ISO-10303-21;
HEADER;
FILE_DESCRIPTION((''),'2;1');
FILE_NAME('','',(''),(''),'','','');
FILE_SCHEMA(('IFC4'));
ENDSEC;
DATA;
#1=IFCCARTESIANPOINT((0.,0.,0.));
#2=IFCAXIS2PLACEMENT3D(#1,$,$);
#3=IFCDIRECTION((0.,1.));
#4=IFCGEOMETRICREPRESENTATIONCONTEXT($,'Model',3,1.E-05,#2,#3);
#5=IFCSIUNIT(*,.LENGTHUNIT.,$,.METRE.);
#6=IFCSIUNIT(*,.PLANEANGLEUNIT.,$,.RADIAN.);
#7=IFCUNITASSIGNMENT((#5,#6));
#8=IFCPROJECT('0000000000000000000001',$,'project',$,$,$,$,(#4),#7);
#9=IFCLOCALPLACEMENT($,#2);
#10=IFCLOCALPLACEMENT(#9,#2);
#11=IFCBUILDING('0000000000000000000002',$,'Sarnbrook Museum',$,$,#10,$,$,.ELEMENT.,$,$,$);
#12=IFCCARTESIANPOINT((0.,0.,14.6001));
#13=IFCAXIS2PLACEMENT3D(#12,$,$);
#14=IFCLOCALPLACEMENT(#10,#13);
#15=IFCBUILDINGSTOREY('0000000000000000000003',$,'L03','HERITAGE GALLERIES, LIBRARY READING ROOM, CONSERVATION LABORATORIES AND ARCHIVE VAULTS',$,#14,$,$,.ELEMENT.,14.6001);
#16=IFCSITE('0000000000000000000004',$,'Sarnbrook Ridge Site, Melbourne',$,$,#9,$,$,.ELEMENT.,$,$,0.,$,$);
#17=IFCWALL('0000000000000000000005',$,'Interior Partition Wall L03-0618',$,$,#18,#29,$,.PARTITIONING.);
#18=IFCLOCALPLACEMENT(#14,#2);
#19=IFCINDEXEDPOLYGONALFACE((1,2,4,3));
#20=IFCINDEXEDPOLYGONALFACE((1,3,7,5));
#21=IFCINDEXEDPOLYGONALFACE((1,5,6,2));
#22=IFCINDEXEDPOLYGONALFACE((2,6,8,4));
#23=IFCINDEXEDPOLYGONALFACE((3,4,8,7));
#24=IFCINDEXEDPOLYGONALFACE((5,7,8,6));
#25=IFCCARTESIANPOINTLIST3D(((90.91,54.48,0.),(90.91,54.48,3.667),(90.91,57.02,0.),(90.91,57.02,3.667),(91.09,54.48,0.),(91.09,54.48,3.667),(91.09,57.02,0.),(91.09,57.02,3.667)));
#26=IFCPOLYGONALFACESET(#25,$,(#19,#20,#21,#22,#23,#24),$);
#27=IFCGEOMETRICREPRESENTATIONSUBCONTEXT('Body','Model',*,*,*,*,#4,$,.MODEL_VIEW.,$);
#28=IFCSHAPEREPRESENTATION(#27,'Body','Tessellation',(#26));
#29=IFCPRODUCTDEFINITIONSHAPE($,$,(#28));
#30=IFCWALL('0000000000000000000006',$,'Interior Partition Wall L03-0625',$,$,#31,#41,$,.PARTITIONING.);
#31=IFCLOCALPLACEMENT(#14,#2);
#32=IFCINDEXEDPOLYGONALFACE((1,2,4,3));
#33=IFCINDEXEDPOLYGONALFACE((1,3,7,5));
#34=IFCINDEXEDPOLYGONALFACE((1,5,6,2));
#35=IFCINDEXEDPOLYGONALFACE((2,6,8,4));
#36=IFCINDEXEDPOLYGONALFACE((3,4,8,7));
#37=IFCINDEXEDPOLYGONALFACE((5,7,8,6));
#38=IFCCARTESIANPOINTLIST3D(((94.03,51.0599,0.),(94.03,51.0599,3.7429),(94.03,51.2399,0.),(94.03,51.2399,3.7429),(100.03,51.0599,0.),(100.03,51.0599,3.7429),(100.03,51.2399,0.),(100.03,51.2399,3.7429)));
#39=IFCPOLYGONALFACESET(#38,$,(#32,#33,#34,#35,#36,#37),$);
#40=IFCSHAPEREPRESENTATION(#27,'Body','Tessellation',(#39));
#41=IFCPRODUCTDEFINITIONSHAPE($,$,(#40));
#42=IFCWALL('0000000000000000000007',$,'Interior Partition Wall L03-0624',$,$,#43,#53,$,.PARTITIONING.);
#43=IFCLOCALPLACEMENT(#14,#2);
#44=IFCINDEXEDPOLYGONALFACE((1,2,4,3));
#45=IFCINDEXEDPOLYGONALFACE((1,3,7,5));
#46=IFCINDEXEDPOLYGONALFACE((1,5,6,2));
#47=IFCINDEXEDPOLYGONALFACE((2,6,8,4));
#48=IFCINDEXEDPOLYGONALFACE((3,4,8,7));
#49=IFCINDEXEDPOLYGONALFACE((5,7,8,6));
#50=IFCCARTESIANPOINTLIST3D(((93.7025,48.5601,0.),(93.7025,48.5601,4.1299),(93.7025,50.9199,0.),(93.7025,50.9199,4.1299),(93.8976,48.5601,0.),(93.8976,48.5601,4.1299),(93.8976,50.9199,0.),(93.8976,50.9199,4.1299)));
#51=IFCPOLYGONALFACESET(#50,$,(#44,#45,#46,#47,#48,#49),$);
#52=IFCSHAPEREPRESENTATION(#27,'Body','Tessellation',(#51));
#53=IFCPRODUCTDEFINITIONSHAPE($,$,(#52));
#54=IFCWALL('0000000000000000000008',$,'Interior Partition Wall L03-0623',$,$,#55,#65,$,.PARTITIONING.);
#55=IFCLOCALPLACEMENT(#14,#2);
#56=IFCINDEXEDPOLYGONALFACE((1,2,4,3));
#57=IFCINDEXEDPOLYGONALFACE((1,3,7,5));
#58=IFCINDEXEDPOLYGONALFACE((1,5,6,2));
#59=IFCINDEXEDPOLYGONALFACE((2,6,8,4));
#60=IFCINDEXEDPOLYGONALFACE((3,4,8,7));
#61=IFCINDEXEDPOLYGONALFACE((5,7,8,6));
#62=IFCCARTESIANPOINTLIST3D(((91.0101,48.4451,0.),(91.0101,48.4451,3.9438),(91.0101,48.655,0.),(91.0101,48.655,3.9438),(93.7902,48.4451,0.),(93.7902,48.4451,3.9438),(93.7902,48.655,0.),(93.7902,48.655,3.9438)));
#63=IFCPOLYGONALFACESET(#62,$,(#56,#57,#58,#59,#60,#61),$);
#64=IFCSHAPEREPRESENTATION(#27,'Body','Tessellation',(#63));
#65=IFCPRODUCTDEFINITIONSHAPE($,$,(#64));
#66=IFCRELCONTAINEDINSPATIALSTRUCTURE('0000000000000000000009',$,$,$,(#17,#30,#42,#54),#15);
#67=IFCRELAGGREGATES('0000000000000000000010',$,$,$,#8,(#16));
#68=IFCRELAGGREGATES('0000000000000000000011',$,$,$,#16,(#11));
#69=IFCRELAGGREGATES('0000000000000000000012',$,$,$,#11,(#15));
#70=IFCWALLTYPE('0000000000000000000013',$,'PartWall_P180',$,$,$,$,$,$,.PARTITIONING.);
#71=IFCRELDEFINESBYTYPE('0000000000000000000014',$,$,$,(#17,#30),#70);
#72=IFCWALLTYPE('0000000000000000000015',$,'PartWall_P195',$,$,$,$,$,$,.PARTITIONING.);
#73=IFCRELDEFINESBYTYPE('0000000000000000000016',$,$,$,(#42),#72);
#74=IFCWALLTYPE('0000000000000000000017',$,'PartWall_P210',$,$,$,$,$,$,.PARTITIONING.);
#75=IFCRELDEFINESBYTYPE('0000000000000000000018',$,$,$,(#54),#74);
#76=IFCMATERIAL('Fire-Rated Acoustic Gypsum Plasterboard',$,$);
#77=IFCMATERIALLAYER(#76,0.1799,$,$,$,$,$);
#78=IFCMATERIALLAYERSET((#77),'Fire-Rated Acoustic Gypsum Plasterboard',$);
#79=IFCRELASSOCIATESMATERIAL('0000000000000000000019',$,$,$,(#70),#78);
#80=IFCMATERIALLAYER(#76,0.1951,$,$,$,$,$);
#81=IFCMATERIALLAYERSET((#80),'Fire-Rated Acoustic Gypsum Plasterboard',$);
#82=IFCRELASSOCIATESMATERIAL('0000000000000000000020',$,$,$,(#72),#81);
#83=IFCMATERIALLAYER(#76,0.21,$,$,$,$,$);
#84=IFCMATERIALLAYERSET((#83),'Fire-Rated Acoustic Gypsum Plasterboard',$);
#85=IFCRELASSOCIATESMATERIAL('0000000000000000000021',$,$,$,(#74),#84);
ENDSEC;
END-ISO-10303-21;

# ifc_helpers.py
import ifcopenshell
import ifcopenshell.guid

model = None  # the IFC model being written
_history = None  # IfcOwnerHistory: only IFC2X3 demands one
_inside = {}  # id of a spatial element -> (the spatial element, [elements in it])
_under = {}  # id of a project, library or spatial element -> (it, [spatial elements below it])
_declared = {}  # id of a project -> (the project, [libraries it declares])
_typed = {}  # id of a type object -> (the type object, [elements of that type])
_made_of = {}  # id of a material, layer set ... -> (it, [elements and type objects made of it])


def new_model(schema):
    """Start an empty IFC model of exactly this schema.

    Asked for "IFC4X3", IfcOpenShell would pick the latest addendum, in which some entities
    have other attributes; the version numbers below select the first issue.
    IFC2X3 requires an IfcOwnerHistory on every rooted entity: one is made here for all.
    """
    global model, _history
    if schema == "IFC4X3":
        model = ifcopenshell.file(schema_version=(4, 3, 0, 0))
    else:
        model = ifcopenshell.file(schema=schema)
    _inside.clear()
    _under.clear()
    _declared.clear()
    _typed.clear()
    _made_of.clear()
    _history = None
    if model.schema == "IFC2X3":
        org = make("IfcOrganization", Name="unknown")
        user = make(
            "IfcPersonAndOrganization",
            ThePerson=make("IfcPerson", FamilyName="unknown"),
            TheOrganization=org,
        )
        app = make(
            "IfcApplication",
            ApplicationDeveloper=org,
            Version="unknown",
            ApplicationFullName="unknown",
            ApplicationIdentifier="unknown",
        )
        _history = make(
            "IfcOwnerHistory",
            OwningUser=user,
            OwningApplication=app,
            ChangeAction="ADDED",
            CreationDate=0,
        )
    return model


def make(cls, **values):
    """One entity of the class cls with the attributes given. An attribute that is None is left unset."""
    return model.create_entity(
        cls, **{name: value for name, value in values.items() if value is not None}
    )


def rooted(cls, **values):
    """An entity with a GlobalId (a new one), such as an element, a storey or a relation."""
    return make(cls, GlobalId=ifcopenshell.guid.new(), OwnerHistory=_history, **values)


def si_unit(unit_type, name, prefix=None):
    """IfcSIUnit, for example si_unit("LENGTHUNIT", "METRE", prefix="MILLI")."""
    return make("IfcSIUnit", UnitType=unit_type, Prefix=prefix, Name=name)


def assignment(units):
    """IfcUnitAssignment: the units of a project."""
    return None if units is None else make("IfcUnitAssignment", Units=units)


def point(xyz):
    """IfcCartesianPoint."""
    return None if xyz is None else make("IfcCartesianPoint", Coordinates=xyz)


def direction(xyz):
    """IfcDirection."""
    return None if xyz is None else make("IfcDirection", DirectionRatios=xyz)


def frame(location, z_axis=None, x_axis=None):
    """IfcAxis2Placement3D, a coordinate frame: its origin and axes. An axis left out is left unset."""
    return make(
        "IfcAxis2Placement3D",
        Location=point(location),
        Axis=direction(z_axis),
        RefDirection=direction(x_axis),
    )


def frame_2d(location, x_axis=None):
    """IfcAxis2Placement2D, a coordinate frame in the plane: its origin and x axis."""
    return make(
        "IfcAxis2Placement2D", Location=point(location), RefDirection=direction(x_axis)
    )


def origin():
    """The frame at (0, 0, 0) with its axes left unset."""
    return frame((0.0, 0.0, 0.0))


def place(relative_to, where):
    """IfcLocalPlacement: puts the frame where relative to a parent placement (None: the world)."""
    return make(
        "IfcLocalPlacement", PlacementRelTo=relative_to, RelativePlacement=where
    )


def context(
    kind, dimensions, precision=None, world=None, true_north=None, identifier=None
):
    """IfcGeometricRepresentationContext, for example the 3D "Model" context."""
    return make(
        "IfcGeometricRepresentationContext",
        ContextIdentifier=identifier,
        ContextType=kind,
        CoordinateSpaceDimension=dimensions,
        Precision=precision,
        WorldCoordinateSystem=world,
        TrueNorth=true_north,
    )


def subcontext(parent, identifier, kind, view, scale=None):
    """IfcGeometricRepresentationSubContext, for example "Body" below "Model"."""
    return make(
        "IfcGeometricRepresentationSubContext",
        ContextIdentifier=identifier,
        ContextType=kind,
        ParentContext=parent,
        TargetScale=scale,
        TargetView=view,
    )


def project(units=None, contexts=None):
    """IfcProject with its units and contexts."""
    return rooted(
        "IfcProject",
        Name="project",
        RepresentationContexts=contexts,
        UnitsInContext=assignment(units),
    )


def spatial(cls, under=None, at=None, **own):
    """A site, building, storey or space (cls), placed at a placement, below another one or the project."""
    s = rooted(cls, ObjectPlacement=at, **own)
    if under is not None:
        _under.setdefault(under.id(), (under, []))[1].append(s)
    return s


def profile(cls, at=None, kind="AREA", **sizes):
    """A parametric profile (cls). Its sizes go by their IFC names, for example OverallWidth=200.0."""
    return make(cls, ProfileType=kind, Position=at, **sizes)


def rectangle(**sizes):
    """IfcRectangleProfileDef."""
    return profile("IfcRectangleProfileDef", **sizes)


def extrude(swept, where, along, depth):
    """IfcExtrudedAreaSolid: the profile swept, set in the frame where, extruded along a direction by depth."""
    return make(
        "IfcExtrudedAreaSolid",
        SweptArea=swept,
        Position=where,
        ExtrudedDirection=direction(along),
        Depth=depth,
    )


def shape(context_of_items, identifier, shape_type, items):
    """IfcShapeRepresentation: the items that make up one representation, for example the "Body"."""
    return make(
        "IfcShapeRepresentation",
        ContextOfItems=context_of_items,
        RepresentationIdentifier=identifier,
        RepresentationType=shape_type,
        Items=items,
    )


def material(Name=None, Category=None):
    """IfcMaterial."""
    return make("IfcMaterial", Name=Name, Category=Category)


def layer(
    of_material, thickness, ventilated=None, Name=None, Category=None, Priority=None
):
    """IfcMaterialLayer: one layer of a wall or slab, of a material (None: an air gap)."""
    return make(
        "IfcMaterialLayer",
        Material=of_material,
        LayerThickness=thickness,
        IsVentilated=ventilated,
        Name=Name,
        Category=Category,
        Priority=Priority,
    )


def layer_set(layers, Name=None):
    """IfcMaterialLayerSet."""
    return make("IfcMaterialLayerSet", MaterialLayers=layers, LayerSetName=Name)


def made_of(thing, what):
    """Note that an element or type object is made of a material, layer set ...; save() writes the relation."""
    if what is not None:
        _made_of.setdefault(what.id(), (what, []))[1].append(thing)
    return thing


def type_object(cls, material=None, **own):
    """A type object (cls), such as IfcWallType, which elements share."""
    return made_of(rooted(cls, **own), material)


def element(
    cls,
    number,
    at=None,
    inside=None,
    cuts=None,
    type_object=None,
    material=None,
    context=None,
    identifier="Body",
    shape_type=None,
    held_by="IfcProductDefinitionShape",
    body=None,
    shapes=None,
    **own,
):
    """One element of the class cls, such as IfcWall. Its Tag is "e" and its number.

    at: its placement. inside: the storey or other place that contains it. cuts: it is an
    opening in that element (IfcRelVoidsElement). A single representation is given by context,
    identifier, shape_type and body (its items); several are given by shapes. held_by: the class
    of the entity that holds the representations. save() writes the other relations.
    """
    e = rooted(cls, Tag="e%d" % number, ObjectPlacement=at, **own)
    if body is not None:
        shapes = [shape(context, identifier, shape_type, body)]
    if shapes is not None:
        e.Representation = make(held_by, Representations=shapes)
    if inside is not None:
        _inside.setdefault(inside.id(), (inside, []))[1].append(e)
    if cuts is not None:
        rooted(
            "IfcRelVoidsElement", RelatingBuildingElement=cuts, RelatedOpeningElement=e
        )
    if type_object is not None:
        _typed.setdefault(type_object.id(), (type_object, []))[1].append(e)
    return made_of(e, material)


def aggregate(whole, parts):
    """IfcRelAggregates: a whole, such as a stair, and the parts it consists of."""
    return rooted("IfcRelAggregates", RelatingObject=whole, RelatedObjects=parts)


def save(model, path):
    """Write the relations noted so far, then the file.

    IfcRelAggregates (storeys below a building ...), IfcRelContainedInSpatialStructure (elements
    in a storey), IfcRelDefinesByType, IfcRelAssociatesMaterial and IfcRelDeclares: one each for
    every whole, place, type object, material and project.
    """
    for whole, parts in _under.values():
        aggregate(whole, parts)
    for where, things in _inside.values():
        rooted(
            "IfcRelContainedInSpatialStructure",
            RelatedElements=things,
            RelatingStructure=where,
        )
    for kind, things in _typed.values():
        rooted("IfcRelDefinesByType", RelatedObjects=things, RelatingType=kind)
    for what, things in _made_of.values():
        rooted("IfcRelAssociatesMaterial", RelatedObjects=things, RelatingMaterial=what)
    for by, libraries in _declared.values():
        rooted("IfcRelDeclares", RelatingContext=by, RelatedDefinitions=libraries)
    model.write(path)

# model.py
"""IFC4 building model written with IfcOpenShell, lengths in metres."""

from ifc_helpers import new_model, si_unit, direction, frame, frame_2d, origin, place, context, subcontext, project, spatial, rectangle, extrude, material, layer, layer_set, type_object, element, save


model = new_model("IFC4")

# Units and contexts
model_context = context("Model", 3, precision=1e-05, world=origin(), true_north=direction((0.0, 1.0)))
body_context = subcontext(model_context, "Body", "Model", "MODEL_VIEW")
ifc_project = project(units=[si_unit("LENGTHUNIT", "METRE"), si_unit("PLANEANGLEUNIT", "RADIAN")], contexts=[model_context])

# Site, building, storey
site_placement = place(None, origin())
site = spatial("IfcSite", under=ifc_project, at=site_placement, Name="Sarnbrook Ridge Site, Melbourne", CompositionType="ELEMENT", RefElevation=0.0)
building_placement = place(site_placement, origin())
building = spatial("IfcBuilding", under=site, at=building_placement, Name="Sarnbrook Museum", CompositionType="ELEMENT")
storey_placement = place(building_placement, frame((0.0, 0.0, 14.6001)))
storey = spatial("IfcBuildingStorey", under=building, at=storey_placement, Name="L03", Description="HERITAGE GALLERIES, LIBRARY READING ROOM, CONSERVATION LABORATORIES AND ARCHIVE VAULTS", CompositionType="ELEMENT", Elevation=14.6001)

# Walls
ifc_material_1 = material(Name="Fire-Rated Acoustic Gypsum Plasterboard")
ifc_layer_1 = layer(ifc_material_1, 0.1799)
ifc_layer_set_1 = layer_set([ifc_layer_1], Name="Fire-Rated Acoustic Gypsum Plasterboard")
wall_type_1 = type_object("IfcWallType", Name="PartWall_P180", PredefinedType="PARTITIONING", material=ifc_layer_set_1)
wall_1_placement = place(storey_placement, frame((91.0, 57.02, 0.0), z_axis=(0.0, 0.0, 1.0), x_axis=(0.0, -1.0, 0.0)))
element("IfcWall", 1, at=wall_1_placement, inside=storey, type_object=wall_type_1, Name="Interior Partition Wall L03-0618", PredefinedType="PARTITIONING", context=body_context, shape_type="SweptSolid", body=[
    extrude(rectangle(XDim=2.54, YDim=0.1799, at=frame_2d((1.27, 0.0))), origin(), (0.0, 0.0, 1.0), 3.667),
])
wall_2_placement = place(storey_placement, frame((94.03, 51.1499, 0.0), z_axis=(0.0, 0.0, 1.0), x_axis=(1.0, 0.0, 0.0)))
element("IfcWall", 2, at=wall_2_placement, inside=storey, type_object=wall_type_1, Name="Interior Partition Wall L03-0625", PredefinedType="PARTITIONING", context=body_context, shape_type="SweptSolid", body=[
    extrude(rectangle(XDim=6.0, YDim=0.1799, at=frame_2d((3.0, 0.0))), origin(), (0.0, 0.0, 1.0), 3.7429),
])
ifc_layer_2 = layer(ifc_material_1, 0.1951)
ifc_layer_set_2 = layer_set([ifc_layer_2], Name="Fire-Rated Acoustic Gypsum Plasterboard")
wall_type_2 = type_object("IfcWallType", Name="PartWall_P195", PredefinedType="PARTITIONING", material=ifc_layer_set_2)
wall_3_placement = place(storey_placement, frame((93.8, 48.5601, 0.0), z_axis=(0.0, 0.0, 1.0), x_axis=(0.0, 1.0, 0.0)))
element("IfcWall", 3, at=wall_3_placement, inside=storey, type_object=wall_type_2, Name="Interior Partition Wall L03-0624", PredefinedType="PARTITIONING", context=body_context, shape_type="SweptSolid", body=[
    extrude(rectangle(XDim=2.3599, YDim=0.1951, at=frame_2d((1.1799, 0.0))), origin(), (0.0, 0.0, 1.0), 4.1299),
])
ifc_layer_3 = layer(ifc_material_1, 0.21)
ifc_layer_set_3 = layer_set([ifc_layer_3], Name="Fire-Rated Acoustic Gypsum Plasterboard")
wall_type_3 = type_object("IfcWallType", Name="PartWall_P210", PredefinedType="PARTITIONING", material=ifc_layer_set_3)
wall_4_placement = place(storey_placement, frame((91.01, 48.55, 0.0), z_axis=(0.0, 0.0, 1.0), x_axis=(1.0, 0.0, 0.0)))
element("IfcWall", 4, at=wall_4_placement, inside=storey, type_object=wall_type_3, Name="Interior Partition Wall L03-0623", PredefinedType="PARTITIONING", context=body_context, shape_type="SweptSolid", body=[
    extrude(rectangle(XDim=2.78, YDim=0.21, at=frame_2d((1.3901, 0.0))), origin(), (0.0, 0.0, 1.0), 3.9438),
])

save(model, "model.ifc")
